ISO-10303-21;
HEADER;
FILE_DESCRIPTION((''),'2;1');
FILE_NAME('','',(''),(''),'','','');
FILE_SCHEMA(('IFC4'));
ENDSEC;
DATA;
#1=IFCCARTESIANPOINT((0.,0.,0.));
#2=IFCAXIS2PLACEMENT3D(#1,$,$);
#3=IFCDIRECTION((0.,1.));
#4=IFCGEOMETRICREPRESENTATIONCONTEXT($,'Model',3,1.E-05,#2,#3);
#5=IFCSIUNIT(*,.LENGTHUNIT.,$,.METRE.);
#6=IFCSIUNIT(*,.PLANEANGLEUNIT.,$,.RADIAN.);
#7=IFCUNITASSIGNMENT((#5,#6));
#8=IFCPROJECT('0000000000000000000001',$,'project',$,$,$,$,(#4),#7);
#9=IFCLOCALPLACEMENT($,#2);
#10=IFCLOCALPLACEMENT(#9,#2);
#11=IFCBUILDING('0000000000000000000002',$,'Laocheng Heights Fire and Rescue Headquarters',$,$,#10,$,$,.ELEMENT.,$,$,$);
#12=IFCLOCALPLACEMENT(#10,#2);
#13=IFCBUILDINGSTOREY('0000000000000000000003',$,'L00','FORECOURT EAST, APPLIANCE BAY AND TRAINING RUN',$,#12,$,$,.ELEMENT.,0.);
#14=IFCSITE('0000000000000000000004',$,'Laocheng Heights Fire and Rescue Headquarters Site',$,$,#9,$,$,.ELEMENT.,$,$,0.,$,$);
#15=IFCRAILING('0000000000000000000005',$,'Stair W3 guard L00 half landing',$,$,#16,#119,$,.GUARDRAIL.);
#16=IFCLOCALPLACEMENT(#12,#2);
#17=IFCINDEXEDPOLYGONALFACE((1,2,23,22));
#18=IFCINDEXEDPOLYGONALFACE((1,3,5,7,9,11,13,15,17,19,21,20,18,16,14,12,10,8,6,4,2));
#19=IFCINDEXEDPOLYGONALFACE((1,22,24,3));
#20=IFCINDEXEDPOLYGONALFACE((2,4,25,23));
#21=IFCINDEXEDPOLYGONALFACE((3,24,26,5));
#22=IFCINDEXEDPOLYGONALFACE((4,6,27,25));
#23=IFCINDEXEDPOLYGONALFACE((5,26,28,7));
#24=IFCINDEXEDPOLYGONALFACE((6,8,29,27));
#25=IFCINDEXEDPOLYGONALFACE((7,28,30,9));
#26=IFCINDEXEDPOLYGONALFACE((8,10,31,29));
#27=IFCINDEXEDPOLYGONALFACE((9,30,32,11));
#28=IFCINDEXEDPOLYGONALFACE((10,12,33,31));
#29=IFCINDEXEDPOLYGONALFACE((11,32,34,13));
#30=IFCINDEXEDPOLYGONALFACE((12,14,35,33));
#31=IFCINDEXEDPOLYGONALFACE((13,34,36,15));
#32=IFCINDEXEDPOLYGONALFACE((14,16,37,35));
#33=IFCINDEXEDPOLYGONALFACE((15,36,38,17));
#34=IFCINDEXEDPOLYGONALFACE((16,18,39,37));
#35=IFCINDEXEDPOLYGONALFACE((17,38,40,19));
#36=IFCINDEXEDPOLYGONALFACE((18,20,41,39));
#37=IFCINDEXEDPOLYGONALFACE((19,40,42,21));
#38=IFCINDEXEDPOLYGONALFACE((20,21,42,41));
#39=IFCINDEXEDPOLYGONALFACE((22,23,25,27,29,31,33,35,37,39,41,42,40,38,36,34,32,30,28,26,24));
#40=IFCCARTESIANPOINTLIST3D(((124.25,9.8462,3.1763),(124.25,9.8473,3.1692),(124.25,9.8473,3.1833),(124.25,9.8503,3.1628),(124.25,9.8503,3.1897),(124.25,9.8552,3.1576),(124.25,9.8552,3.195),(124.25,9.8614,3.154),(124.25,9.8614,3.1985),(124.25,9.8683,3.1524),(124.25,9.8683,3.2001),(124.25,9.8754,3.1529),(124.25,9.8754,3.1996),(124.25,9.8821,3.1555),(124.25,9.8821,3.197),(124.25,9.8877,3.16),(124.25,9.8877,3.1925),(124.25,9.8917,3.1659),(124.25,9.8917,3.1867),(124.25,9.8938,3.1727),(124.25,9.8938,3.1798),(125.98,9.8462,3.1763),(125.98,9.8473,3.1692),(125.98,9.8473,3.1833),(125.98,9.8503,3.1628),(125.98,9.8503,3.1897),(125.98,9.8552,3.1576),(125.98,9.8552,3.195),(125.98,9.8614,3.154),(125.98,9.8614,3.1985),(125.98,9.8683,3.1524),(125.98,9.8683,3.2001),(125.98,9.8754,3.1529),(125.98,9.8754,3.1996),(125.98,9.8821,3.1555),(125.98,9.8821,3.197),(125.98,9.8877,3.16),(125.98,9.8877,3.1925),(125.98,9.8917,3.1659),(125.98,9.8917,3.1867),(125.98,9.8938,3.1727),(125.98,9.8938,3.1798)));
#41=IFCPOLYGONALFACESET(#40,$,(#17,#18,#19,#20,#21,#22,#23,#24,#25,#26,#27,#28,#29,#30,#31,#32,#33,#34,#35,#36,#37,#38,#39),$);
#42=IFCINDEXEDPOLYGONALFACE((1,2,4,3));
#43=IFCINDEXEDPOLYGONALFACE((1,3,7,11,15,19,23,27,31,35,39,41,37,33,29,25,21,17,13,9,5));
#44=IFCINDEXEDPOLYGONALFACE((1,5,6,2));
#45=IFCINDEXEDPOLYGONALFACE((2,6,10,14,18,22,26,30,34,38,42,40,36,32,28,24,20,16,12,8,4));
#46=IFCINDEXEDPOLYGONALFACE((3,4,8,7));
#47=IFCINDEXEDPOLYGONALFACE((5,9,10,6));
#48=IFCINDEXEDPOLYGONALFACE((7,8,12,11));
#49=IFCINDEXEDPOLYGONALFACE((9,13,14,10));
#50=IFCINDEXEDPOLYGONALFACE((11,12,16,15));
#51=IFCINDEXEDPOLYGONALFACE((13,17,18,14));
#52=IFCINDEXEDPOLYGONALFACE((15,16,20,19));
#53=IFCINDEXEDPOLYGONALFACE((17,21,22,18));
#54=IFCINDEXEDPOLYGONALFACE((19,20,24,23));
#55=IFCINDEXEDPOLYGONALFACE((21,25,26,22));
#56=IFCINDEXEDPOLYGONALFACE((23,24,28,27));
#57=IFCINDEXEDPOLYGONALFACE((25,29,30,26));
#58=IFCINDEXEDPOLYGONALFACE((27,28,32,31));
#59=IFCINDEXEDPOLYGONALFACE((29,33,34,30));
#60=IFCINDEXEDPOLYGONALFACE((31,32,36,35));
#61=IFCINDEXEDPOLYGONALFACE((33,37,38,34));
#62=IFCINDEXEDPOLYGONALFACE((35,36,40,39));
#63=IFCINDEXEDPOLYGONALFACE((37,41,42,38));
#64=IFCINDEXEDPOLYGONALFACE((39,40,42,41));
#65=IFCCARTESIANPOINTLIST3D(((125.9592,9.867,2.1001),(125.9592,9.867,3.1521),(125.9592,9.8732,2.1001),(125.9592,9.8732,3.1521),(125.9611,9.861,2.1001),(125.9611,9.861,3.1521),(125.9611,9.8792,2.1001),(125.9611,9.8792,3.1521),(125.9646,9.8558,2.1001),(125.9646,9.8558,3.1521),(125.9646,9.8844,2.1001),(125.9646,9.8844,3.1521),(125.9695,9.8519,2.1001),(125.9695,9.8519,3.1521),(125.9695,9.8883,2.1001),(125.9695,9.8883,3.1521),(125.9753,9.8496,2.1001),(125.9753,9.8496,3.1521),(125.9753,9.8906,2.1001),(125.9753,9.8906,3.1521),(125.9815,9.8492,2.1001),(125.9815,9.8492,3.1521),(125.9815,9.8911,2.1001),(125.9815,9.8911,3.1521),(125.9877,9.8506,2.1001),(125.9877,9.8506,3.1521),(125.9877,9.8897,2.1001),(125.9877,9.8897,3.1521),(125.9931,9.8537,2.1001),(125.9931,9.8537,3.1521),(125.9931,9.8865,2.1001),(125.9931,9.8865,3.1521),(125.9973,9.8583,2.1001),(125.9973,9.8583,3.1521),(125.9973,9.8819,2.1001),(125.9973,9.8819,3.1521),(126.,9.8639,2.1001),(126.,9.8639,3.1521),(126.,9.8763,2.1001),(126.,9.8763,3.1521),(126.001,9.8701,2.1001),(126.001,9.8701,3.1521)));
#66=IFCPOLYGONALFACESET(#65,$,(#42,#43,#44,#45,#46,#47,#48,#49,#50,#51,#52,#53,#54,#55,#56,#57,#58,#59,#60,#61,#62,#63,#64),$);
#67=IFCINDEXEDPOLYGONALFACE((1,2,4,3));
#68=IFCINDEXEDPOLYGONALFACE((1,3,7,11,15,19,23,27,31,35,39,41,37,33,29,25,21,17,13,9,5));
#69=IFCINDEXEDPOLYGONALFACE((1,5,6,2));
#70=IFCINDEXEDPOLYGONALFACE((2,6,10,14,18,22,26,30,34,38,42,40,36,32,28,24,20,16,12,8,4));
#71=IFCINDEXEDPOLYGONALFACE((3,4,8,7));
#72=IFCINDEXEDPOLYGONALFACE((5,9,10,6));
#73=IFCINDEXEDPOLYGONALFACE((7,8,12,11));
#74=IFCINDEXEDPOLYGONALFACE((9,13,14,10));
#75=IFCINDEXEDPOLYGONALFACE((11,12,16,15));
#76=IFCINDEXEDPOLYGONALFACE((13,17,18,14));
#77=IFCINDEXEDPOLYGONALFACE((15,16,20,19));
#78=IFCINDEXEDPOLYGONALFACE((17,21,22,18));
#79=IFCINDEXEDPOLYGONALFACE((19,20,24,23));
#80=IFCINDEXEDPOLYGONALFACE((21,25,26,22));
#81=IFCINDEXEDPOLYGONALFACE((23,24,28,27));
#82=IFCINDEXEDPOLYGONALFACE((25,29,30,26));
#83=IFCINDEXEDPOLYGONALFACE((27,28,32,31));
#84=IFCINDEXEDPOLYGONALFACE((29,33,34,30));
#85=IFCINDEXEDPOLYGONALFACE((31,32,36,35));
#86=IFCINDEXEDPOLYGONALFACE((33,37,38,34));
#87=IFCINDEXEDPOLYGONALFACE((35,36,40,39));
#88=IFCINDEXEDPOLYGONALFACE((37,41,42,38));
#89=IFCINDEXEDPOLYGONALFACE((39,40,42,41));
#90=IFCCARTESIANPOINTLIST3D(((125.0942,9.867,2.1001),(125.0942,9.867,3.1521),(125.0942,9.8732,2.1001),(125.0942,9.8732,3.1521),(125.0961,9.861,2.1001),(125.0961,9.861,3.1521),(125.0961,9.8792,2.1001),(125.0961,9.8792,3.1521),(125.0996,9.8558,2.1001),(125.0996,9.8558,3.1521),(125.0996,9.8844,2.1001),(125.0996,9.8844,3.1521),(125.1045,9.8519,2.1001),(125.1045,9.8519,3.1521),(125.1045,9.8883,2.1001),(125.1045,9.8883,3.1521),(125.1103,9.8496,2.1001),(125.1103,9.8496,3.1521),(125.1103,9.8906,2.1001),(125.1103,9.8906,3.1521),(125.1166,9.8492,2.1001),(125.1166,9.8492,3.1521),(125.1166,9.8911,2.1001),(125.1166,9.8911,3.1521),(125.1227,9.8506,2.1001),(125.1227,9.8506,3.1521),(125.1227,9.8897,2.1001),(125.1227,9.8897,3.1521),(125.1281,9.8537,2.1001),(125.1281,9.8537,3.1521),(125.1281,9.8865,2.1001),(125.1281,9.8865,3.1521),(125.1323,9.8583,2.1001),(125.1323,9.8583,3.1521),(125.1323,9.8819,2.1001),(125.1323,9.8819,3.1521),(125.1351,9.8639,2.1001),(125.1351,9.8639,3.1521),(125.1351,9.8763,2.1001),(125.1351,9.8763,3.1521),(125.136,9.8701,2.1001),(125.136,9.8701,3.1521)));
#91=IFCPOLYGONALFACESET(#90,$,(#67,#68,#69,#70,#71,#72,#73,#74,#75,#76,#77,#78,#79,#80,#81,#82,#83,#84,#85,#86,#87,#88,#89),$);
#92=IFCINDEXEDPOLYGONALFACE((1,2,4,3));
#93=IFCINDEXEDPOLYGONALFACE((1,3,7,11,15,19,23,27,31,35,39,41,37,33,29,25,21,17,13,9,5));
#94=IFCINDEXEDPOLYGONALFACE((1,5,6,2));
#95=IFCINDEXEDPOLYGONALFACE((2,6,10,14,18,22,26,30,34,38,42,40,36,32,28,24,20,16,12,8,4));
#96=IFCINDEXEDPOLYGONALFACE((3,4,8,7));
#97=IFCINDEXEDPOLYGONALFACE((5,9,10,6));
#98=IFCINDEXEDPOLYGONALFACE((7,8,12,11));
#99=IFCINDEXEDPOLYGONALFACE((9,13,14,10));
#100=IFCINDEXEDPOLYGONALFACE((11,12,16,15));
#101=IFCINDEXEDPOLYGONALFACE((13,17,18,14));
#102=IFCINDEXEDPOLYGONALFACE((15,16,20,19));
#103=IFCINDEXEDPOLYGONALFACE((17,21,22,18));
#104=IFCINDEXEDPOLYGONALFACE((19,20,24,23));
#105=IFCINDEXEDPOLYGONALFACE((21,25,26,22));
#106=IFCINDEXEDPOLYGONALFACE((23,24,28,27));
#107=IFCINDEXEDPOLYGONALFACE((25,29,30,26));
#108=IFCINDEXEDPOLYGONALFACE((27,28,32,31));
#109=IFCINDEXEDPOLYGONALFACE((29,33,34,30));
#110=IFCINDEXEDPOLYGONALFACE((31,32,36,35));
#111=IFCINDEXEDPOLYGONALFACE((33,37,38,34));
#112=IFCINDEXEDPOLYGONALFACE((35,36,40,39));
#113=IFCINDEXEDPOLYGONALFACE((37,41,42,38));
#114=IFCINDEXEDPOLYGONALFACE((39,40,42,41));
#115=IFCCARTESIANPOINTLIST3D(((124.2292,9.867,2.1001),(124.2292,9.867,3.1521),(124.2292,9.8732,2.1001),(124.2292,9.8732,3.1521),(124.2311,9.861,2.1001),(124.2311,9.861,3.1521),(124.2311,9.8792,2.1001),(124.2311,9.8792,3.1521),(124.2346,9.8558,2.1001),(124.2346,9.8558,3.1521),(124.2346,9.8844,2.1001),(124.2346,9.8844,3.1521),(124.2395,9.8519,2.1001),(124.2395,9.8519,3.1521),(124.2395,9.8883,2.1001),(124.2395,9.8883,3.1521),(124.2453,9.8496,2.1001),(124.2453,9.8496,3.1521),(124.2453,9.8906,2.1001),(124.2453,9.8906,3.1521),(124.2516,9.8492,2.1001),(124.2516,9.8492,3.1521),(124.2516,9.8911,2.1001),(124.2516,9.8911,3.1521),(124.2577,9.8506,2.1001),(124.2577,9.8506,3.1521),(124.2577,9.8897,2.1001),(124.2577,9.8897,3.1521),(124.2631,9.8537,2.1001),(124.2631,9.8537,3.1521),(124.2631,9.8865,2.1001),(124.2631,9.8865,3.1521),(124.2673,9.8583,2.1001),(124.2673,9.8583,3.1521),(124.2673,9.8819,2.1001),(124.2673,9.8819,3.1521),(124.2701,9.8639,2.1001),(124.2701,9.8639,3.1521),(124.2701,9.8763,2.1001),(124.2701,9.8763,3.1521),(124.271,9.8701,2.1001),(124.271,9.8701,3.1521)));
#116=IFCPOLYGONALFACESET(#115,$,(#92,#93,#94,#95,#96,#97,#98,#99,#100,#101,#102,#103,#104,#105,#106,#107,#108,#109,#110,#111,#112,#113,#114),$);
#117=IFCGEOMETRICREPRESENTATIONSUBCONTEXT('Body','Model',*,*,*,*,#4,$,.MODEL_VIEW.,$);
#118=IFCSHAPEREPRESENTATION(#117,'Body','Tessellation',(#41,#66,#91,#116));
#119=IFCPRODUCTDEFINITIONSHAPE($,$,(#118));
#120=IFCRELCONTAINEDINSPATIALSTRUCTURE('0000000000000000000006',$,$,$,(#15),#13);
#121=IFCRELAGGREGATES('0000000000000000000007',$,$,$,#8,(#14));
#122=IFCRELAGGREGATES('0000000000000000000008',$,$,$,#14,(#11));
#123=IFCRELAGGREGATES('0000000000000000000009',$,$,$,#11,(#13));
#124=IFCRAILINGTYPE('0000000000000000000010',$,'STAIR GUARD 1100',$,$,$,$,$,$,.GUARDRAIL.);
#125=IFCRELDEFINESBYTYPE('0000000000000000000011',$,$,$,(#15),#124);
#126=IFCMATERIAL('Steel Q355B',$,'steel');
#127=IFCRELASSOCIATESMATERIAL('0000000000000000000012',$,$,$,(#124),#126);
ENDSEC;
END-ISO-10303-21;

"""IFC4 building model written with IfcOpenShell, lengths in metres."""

from ifc_helpers import new_model, si_unit, direction, frame, origin, origin_2d, place, context, subcontext, project, spatial, circle, extrude, material, type_object, element, save


model = new_model("IFC4")

# Units and contexts
model_context = context("Model", 3, precision=1e-05, world=origin(), true_north=direction((0.0, 1.0)))
body_context = subcontext(model_context, "Body", "Model", "MODEL_VIEW")
ifc_project = project(units=[si_unit("LENGTHUNIT", "METRE"), si_unit("PLANEANGLEUNIT", "RADIAN")], contexts=[model_context])

# Site, building, storey
site_placement = place(None, origin())
site = spatial("IfcSite", under=ifc_project, at=site_placement, Name="Laocheng Heights Fire and Rescue Headquarters Site", CompositionType="ELEMENT", RefElevation=0.0)
building_placement = place(site_placement, origin())
building = spatial("IfcBuilding", under=site, at=building_placement, Name="Laocheng Heights Fire and Rescue Headquarters", CompositionType="ELEMENT")
storey_placement = place(building_placement, origin())
storey = spatial("IfcBuildingStorey", under=building, at=storey_placement, Name="L00", Description="FORECOURT EAST, APPLIANCE BAY AND TRAINING RUN", CompositionType="ELEMENT", Elevation=0.0)

# Railing
ifc_material_1 = material(Name="Steel Q355B", Category="steel")
railing_type_1 = type_object("IfcRailingType", Name="STAIR GUARD 1100", PredefinedType="GUARDRAIL", material=ifc_material_1)
railing_1_placement = place(storey_placement, frame((125.98, 9.8701, 2.1001)))
element("IfcRailing", 1, at=railing_1_placement, inside=storey, type_object=railing_type_1, Name="Stair W3 guard L00 half landing", PredefinedType="GUARDRAIL", context=body_context, shape_type="SweptSolid", body=[
    extrude(circle(Radius=0.0239, at=origin_2d()), frame((0.0, 0.0, 1.0762), z_axis=(-1.0, 0.0, 0.0), x_axis=(0.0, -1.0, 0.0)), (0.0, 0.0, 1.0), 1.73),
    extrude(circle(Radius=0.021, at=origin_2d()), origin(), (0.0, 0.0, 1.0), 1.052),
    extrude(circle(Radius=0.021, at=origin_2d()), frame((-0.865, 0.0, 0.0)), (0.0, 0.0, 1.0), 1.052),
    extrude(circle(Radius=0.021, at=origin_2d()), frame((-1.73, 0.0, 0.0)), (0.0, 0.0, 1.0), 1.052),
])

save(model, "model.ifc")
